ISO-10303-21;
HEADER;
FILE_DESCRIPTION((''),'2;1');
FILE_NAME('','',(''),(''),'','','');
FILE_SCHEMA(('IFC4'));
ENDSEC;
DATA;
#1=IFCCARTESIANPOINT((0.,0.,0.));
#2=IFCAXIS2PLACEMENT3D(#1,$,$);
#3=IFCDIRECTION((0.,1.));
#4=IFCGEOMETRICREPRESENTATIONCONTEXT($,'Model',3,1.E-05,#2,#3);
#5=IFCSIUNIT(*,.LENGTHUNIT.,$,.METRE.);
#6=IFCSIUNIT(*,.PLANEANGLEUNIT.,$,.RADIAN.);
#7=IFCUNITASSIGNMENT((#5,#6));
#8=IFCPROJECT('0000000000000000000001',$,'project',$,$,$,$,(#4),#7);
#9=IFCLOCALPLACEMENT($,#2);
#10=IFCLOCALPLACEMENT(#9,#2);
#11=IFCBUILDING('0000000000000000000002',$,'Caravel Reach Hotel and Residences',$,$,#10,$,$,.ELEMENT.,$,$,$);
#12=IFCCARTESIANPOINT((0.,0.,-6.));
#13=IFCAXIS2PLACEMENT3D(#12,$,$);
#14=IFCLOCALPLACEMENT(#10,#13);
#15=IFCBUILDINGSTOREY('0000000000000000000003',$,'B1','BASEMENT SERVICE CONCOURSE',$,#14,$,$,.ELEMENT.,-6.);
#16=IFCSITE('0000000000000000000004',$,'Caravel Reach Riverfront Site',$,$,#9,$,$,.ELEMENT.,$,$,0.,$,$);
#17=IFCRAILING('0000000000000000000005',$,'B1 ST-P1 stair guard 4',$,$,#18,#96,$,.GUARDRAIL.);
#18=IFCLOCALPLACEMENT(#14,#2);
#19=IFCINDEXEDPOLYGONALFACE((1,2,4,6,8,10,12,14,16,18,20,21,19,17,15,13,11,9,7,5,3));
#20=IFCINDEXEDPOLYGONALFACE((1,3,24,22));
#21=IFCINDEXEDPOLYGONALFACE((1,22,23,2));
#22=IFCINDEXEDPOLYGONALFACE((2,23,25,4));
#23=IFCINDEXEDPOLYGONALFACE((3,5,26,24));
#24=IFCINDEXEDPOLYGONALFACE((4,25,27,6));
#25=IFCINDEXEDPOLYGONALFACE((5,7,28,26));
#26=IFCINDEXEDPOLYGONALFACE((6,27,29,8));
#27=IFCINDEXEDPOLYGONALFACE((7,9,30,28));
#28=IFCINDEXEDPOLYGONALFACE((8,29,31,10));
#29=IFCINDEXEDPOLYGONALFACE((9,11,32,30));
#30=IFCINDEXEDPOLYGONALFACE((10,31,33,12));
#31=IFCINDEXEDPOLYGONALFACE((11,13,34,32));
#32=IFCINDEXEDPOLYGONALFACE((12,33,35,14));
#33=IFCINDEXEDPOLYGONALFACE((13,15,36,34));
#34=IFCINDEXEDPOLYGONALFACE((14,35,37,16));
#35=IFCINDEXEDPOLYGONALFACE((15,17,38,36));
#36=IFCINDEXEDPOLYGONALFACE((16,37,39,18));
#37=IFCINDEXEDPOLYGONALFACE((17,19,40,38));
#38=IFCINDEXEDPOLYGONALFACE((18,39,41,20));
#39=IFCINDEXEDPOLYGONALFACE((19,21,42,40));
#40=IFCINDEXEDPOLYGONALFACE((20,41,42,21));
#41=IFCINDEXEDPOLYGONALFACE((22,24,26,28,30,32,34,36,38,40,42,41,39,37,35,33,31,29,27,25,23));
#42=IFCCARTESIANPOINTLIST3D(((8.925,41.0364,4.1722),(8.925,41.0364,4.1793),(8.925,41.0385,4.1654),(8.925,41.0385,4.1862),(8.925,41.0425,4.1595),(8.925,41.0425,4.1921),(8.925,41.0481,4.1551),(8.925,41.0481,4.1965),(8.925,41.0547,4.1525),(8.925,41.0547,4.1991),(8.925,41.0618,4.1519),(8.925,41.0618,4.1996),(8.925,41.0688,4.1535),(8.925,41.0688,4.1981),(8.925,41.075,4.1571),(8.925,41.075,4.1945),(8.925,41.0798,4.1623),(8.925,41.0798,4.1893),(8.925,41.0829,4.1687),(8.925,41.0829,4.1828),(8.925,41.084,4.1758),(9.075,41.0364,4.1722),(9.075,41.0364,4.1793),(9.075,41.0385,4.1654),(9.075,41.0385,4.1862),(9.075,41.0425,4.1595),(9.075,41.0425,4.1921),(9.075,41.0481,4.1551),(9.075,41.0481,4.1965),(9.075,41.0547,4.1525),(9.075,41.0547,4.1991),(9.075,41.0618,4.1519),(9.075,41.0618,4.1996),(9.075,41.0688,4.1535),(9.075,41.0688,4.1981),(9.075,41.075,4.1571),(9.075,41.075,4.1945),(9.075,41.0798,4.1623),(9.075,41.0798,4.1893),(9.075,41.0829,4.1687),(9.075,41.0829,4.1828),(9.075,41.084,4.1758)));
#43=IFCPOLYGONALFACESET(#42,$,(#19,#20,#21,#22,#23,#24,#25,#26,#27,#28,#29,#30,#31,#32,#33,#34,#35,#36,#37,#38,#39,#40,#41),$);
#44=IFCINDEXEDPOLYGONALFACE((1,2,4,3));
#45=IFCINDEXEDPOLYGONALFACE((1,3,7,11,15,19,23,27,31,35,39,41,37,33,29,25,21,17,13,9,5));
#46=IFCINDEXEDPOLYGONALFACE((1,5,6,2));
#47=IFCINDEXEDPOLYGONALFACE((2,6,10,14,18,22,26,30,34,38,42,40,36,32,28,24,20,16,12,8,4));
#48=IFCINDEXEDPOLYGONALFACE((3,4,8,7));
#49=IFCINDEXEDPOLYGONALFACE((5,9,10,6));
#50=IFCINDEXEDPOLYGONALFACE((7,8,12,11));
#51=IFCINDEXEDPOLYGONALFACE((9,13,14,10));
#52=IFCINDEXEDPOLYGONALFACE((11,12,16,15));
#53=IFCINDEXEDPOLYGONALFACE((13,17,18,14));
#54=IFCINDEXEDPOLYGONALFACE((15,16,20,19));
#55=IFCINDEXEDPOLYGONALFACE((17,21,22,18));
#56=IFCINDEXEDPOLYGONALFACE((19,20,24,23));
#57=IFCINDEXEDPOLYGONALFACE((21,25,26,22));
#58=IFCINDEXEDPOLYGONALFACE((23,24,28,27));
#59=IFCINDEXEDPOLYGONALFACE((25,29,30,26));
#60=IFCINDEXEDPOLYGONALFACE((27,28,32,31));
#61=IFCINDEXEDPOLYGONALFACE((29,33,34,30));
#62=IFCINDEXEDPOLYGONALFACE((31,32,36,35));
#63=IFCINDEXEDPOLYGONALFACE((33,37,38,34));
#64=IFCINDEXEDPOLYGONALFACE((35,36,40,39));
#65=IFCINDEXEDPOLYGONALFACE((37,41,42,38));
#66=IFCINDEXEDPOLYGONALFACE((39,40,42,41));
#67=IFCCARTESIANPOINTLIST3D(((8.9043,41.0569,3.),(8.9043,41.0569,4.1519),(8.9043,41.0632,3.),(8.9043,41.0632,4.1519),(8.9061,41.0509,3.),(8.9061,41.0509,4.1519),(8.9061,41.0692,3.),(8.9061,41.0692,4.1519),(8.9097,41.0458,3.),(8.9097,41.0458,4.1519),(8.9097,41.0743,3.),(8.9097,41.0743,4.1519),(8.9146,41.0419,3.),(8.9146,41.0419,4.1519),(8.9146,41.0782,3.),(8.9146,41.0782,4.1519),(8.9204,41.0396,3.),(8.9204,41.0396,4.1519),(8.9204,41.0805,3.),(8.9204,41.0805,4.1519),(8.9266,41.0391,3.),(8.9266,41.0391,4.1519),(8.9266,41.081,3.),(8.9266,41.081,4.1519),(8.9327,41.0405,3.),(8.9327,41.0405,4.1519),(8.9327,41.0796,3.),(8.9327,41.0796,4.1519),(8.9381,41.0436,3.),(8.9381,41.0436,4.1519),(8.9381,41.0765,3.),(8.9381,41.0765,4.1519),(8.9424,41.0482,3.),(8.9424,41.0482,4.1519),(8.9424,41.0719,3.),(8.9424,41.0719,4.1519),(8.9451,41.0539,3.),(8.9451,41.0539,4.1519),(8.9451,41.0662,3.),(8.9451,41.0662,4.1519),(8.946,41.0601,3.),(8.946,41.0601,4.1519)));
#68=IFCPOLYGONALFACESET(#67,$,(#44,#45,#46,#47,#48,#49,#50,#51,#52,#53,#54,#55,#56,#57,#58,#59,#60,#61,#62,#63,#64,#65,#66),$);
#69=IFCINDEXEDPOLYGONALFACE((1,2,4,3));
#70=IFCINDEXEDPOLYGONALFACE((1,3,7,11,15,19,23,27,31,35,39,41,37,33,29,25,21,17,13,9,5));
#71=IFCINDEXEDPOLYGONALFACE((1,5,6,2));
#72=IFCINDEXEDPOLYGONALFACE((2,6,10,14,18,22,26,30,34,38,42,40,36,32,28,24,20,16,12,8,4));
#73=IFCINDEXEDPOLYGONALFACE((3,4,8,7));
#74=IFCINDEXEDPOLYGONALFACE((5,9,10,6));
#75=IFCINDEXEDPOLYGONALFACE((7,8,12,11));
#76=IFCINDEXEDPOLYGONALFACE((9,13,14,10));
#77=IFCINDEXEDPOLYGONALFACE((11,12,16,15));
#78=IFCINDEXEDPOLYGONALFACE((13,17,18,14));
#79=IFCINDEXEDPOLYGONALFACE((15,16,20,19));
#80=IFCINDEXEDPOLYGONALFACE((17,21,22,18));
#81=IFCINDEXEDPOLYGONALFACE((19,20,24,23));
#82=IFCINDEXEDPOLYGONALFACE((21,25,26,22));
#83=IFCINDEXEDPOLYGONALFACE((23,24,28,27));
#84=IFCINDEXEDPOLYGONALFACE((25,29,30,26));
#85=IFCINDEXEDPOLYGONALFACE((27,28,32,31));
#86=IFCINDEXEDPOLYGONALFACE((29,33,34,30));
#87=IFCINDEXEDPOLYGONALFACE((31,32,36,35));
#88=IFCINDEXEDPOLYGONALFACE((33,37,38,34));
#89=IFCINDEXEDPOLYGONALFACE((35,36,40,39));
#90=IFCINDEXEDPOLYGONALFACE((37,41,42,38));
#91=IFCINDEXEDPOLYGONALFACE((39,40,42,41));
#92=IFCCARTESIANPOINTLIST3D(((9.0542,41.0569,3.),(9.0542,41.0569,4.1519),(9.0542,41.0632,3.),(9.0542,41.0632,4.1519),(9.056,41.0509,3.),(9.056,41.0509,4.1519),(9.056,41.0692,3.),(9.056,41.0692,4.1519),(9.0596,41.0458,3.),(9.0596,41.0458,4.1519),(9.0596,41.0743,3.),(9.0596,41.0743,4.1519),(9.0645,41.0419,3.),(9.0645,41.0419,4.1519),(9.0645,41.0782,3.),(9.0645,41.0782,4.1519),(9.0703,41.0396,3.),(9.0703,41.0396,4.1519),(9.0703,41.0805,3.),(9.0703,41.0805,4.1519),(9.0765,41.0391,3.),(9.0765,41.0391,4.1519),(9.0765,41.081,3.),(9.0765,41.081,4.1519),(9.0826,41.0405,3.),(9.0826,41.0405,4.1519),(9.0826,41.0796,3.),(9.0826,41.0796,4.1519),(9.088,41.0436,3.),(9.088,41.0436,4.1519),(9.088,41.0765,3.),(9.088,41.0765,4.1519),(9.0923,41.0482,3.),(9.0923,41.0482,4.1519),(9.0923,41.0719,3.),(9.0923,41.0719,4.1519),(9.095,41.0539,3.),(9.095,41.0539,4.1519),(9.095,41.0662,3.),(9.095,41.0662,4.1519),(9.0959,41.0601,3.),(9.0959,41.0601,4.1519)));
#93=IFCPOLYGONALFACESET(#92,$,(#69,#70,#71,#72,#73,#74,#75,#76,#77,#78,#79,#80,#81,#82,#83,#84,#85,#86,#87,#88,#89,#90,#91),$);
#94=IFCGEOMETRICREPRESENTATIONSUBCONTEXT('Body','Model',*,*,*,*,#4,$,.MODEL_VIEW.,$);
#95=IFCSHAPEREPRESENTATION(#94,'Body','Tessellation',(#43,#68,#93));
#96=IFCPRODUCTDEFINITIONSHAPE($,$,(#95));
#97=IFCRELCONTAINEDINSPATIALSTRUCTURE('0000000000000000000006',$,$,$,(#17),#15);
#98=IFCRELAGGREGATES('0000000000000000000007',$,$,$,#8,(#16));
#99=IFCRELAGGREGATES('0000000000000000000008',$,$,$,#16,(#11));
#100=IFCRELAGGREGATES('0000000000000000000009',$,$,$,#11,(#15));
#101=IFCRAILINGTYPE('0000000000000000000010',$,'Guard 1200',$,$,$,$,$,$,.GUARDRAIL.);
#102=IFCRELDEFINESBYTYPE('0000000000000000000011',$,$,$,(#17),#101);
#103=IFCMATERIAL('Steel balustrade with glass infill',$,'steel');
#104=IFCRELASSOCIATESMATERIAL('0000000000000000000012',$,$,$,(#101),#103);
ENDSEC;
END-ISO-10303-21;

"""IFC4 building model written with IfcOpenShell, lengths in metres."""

from ifc_helpers import new_model, si_unit, direction, frame, origin, origin_2d, place, context, subcontext, project, spatial, circle, extrude, material, type_object, element, save


model = new_model("IFC4")

# Units and contexts
model_context = context("Model", 3, precision=1e-05, world=origin(), true_north=direction((0.0, 1.0)))
body_context = subcontext(model_context, "Body", "Model", "MODEL_VIEW")
ifc_project = project(units=[si_unit("LENGTHUNIT", "METRE"), si_unit("PLANEANGLEUNIT", "RADIAN")], contexts=[model_context])

# Site, building, storey
site_placement = place(None, origin())
site = spatial("IfcSite", under=ifc_project, at=site_placement, Name="Caravel Reach Riverfront Site", CompositionType="ELEMENT", RefElevation=0.0)
building_placement = place(site_placement, origin())
building = spatial("IfcBuilding", under=site, at=building_placement, Name="Caravel Reach Hotel and Residences", CompositionType="ELEMENT")
storey_placement = place(building_placement, frame((0.0, 0.0, -6.0)))
storey = spatial("IfcBuildingStorey", under=building, at=storey_placement, Name="B1", Description="BASEMENT SERVICE CONCOURSE", CompositionType="ELEMENT", Elevation=-6.0)

# Railing
ifc_material_1 = material(Name="Steel balustrade with glass infill", Category="steel")
railing_type_1 = type_object("IfcRailingType", Name="Guard 1200", PredefinedType="GUARDRAIL", material=ifc_material_1)
railing_1_placement = place(storey_placement, frame((8.925, 41.0601, 3.0)))
element("IfcRailing", 1, at=railing_1_placement, inside=storey, type_object=railing_type_1, Name="B1 ST-P1 stair guard 4", PredefinedType="GUARDRAIL", context=body_context, shape_type="SweptSolid", body=[
    extrude(circle(Radius=0.0239, at=origin_2d()), frame((0.0, 0.0, 1.1758), z_axis=(1.0, 0.0, 0.0), x_axis=(0.0, 1.0, 0.0)), (0.0, 0.0, 1.0), 0.1499),
    extrude(circle(Radius=0.021, at=origin_2d()), origin(), (0.0, 0.0, 1.0), 1.1519),
    extrude(circle(Radius=0.021, at=origin_2d()), frame((0.1499, 0.0, 0.0)), (0.0, 0.0, 1.0), 1.1519),
])

save(model, "model.ifc")
